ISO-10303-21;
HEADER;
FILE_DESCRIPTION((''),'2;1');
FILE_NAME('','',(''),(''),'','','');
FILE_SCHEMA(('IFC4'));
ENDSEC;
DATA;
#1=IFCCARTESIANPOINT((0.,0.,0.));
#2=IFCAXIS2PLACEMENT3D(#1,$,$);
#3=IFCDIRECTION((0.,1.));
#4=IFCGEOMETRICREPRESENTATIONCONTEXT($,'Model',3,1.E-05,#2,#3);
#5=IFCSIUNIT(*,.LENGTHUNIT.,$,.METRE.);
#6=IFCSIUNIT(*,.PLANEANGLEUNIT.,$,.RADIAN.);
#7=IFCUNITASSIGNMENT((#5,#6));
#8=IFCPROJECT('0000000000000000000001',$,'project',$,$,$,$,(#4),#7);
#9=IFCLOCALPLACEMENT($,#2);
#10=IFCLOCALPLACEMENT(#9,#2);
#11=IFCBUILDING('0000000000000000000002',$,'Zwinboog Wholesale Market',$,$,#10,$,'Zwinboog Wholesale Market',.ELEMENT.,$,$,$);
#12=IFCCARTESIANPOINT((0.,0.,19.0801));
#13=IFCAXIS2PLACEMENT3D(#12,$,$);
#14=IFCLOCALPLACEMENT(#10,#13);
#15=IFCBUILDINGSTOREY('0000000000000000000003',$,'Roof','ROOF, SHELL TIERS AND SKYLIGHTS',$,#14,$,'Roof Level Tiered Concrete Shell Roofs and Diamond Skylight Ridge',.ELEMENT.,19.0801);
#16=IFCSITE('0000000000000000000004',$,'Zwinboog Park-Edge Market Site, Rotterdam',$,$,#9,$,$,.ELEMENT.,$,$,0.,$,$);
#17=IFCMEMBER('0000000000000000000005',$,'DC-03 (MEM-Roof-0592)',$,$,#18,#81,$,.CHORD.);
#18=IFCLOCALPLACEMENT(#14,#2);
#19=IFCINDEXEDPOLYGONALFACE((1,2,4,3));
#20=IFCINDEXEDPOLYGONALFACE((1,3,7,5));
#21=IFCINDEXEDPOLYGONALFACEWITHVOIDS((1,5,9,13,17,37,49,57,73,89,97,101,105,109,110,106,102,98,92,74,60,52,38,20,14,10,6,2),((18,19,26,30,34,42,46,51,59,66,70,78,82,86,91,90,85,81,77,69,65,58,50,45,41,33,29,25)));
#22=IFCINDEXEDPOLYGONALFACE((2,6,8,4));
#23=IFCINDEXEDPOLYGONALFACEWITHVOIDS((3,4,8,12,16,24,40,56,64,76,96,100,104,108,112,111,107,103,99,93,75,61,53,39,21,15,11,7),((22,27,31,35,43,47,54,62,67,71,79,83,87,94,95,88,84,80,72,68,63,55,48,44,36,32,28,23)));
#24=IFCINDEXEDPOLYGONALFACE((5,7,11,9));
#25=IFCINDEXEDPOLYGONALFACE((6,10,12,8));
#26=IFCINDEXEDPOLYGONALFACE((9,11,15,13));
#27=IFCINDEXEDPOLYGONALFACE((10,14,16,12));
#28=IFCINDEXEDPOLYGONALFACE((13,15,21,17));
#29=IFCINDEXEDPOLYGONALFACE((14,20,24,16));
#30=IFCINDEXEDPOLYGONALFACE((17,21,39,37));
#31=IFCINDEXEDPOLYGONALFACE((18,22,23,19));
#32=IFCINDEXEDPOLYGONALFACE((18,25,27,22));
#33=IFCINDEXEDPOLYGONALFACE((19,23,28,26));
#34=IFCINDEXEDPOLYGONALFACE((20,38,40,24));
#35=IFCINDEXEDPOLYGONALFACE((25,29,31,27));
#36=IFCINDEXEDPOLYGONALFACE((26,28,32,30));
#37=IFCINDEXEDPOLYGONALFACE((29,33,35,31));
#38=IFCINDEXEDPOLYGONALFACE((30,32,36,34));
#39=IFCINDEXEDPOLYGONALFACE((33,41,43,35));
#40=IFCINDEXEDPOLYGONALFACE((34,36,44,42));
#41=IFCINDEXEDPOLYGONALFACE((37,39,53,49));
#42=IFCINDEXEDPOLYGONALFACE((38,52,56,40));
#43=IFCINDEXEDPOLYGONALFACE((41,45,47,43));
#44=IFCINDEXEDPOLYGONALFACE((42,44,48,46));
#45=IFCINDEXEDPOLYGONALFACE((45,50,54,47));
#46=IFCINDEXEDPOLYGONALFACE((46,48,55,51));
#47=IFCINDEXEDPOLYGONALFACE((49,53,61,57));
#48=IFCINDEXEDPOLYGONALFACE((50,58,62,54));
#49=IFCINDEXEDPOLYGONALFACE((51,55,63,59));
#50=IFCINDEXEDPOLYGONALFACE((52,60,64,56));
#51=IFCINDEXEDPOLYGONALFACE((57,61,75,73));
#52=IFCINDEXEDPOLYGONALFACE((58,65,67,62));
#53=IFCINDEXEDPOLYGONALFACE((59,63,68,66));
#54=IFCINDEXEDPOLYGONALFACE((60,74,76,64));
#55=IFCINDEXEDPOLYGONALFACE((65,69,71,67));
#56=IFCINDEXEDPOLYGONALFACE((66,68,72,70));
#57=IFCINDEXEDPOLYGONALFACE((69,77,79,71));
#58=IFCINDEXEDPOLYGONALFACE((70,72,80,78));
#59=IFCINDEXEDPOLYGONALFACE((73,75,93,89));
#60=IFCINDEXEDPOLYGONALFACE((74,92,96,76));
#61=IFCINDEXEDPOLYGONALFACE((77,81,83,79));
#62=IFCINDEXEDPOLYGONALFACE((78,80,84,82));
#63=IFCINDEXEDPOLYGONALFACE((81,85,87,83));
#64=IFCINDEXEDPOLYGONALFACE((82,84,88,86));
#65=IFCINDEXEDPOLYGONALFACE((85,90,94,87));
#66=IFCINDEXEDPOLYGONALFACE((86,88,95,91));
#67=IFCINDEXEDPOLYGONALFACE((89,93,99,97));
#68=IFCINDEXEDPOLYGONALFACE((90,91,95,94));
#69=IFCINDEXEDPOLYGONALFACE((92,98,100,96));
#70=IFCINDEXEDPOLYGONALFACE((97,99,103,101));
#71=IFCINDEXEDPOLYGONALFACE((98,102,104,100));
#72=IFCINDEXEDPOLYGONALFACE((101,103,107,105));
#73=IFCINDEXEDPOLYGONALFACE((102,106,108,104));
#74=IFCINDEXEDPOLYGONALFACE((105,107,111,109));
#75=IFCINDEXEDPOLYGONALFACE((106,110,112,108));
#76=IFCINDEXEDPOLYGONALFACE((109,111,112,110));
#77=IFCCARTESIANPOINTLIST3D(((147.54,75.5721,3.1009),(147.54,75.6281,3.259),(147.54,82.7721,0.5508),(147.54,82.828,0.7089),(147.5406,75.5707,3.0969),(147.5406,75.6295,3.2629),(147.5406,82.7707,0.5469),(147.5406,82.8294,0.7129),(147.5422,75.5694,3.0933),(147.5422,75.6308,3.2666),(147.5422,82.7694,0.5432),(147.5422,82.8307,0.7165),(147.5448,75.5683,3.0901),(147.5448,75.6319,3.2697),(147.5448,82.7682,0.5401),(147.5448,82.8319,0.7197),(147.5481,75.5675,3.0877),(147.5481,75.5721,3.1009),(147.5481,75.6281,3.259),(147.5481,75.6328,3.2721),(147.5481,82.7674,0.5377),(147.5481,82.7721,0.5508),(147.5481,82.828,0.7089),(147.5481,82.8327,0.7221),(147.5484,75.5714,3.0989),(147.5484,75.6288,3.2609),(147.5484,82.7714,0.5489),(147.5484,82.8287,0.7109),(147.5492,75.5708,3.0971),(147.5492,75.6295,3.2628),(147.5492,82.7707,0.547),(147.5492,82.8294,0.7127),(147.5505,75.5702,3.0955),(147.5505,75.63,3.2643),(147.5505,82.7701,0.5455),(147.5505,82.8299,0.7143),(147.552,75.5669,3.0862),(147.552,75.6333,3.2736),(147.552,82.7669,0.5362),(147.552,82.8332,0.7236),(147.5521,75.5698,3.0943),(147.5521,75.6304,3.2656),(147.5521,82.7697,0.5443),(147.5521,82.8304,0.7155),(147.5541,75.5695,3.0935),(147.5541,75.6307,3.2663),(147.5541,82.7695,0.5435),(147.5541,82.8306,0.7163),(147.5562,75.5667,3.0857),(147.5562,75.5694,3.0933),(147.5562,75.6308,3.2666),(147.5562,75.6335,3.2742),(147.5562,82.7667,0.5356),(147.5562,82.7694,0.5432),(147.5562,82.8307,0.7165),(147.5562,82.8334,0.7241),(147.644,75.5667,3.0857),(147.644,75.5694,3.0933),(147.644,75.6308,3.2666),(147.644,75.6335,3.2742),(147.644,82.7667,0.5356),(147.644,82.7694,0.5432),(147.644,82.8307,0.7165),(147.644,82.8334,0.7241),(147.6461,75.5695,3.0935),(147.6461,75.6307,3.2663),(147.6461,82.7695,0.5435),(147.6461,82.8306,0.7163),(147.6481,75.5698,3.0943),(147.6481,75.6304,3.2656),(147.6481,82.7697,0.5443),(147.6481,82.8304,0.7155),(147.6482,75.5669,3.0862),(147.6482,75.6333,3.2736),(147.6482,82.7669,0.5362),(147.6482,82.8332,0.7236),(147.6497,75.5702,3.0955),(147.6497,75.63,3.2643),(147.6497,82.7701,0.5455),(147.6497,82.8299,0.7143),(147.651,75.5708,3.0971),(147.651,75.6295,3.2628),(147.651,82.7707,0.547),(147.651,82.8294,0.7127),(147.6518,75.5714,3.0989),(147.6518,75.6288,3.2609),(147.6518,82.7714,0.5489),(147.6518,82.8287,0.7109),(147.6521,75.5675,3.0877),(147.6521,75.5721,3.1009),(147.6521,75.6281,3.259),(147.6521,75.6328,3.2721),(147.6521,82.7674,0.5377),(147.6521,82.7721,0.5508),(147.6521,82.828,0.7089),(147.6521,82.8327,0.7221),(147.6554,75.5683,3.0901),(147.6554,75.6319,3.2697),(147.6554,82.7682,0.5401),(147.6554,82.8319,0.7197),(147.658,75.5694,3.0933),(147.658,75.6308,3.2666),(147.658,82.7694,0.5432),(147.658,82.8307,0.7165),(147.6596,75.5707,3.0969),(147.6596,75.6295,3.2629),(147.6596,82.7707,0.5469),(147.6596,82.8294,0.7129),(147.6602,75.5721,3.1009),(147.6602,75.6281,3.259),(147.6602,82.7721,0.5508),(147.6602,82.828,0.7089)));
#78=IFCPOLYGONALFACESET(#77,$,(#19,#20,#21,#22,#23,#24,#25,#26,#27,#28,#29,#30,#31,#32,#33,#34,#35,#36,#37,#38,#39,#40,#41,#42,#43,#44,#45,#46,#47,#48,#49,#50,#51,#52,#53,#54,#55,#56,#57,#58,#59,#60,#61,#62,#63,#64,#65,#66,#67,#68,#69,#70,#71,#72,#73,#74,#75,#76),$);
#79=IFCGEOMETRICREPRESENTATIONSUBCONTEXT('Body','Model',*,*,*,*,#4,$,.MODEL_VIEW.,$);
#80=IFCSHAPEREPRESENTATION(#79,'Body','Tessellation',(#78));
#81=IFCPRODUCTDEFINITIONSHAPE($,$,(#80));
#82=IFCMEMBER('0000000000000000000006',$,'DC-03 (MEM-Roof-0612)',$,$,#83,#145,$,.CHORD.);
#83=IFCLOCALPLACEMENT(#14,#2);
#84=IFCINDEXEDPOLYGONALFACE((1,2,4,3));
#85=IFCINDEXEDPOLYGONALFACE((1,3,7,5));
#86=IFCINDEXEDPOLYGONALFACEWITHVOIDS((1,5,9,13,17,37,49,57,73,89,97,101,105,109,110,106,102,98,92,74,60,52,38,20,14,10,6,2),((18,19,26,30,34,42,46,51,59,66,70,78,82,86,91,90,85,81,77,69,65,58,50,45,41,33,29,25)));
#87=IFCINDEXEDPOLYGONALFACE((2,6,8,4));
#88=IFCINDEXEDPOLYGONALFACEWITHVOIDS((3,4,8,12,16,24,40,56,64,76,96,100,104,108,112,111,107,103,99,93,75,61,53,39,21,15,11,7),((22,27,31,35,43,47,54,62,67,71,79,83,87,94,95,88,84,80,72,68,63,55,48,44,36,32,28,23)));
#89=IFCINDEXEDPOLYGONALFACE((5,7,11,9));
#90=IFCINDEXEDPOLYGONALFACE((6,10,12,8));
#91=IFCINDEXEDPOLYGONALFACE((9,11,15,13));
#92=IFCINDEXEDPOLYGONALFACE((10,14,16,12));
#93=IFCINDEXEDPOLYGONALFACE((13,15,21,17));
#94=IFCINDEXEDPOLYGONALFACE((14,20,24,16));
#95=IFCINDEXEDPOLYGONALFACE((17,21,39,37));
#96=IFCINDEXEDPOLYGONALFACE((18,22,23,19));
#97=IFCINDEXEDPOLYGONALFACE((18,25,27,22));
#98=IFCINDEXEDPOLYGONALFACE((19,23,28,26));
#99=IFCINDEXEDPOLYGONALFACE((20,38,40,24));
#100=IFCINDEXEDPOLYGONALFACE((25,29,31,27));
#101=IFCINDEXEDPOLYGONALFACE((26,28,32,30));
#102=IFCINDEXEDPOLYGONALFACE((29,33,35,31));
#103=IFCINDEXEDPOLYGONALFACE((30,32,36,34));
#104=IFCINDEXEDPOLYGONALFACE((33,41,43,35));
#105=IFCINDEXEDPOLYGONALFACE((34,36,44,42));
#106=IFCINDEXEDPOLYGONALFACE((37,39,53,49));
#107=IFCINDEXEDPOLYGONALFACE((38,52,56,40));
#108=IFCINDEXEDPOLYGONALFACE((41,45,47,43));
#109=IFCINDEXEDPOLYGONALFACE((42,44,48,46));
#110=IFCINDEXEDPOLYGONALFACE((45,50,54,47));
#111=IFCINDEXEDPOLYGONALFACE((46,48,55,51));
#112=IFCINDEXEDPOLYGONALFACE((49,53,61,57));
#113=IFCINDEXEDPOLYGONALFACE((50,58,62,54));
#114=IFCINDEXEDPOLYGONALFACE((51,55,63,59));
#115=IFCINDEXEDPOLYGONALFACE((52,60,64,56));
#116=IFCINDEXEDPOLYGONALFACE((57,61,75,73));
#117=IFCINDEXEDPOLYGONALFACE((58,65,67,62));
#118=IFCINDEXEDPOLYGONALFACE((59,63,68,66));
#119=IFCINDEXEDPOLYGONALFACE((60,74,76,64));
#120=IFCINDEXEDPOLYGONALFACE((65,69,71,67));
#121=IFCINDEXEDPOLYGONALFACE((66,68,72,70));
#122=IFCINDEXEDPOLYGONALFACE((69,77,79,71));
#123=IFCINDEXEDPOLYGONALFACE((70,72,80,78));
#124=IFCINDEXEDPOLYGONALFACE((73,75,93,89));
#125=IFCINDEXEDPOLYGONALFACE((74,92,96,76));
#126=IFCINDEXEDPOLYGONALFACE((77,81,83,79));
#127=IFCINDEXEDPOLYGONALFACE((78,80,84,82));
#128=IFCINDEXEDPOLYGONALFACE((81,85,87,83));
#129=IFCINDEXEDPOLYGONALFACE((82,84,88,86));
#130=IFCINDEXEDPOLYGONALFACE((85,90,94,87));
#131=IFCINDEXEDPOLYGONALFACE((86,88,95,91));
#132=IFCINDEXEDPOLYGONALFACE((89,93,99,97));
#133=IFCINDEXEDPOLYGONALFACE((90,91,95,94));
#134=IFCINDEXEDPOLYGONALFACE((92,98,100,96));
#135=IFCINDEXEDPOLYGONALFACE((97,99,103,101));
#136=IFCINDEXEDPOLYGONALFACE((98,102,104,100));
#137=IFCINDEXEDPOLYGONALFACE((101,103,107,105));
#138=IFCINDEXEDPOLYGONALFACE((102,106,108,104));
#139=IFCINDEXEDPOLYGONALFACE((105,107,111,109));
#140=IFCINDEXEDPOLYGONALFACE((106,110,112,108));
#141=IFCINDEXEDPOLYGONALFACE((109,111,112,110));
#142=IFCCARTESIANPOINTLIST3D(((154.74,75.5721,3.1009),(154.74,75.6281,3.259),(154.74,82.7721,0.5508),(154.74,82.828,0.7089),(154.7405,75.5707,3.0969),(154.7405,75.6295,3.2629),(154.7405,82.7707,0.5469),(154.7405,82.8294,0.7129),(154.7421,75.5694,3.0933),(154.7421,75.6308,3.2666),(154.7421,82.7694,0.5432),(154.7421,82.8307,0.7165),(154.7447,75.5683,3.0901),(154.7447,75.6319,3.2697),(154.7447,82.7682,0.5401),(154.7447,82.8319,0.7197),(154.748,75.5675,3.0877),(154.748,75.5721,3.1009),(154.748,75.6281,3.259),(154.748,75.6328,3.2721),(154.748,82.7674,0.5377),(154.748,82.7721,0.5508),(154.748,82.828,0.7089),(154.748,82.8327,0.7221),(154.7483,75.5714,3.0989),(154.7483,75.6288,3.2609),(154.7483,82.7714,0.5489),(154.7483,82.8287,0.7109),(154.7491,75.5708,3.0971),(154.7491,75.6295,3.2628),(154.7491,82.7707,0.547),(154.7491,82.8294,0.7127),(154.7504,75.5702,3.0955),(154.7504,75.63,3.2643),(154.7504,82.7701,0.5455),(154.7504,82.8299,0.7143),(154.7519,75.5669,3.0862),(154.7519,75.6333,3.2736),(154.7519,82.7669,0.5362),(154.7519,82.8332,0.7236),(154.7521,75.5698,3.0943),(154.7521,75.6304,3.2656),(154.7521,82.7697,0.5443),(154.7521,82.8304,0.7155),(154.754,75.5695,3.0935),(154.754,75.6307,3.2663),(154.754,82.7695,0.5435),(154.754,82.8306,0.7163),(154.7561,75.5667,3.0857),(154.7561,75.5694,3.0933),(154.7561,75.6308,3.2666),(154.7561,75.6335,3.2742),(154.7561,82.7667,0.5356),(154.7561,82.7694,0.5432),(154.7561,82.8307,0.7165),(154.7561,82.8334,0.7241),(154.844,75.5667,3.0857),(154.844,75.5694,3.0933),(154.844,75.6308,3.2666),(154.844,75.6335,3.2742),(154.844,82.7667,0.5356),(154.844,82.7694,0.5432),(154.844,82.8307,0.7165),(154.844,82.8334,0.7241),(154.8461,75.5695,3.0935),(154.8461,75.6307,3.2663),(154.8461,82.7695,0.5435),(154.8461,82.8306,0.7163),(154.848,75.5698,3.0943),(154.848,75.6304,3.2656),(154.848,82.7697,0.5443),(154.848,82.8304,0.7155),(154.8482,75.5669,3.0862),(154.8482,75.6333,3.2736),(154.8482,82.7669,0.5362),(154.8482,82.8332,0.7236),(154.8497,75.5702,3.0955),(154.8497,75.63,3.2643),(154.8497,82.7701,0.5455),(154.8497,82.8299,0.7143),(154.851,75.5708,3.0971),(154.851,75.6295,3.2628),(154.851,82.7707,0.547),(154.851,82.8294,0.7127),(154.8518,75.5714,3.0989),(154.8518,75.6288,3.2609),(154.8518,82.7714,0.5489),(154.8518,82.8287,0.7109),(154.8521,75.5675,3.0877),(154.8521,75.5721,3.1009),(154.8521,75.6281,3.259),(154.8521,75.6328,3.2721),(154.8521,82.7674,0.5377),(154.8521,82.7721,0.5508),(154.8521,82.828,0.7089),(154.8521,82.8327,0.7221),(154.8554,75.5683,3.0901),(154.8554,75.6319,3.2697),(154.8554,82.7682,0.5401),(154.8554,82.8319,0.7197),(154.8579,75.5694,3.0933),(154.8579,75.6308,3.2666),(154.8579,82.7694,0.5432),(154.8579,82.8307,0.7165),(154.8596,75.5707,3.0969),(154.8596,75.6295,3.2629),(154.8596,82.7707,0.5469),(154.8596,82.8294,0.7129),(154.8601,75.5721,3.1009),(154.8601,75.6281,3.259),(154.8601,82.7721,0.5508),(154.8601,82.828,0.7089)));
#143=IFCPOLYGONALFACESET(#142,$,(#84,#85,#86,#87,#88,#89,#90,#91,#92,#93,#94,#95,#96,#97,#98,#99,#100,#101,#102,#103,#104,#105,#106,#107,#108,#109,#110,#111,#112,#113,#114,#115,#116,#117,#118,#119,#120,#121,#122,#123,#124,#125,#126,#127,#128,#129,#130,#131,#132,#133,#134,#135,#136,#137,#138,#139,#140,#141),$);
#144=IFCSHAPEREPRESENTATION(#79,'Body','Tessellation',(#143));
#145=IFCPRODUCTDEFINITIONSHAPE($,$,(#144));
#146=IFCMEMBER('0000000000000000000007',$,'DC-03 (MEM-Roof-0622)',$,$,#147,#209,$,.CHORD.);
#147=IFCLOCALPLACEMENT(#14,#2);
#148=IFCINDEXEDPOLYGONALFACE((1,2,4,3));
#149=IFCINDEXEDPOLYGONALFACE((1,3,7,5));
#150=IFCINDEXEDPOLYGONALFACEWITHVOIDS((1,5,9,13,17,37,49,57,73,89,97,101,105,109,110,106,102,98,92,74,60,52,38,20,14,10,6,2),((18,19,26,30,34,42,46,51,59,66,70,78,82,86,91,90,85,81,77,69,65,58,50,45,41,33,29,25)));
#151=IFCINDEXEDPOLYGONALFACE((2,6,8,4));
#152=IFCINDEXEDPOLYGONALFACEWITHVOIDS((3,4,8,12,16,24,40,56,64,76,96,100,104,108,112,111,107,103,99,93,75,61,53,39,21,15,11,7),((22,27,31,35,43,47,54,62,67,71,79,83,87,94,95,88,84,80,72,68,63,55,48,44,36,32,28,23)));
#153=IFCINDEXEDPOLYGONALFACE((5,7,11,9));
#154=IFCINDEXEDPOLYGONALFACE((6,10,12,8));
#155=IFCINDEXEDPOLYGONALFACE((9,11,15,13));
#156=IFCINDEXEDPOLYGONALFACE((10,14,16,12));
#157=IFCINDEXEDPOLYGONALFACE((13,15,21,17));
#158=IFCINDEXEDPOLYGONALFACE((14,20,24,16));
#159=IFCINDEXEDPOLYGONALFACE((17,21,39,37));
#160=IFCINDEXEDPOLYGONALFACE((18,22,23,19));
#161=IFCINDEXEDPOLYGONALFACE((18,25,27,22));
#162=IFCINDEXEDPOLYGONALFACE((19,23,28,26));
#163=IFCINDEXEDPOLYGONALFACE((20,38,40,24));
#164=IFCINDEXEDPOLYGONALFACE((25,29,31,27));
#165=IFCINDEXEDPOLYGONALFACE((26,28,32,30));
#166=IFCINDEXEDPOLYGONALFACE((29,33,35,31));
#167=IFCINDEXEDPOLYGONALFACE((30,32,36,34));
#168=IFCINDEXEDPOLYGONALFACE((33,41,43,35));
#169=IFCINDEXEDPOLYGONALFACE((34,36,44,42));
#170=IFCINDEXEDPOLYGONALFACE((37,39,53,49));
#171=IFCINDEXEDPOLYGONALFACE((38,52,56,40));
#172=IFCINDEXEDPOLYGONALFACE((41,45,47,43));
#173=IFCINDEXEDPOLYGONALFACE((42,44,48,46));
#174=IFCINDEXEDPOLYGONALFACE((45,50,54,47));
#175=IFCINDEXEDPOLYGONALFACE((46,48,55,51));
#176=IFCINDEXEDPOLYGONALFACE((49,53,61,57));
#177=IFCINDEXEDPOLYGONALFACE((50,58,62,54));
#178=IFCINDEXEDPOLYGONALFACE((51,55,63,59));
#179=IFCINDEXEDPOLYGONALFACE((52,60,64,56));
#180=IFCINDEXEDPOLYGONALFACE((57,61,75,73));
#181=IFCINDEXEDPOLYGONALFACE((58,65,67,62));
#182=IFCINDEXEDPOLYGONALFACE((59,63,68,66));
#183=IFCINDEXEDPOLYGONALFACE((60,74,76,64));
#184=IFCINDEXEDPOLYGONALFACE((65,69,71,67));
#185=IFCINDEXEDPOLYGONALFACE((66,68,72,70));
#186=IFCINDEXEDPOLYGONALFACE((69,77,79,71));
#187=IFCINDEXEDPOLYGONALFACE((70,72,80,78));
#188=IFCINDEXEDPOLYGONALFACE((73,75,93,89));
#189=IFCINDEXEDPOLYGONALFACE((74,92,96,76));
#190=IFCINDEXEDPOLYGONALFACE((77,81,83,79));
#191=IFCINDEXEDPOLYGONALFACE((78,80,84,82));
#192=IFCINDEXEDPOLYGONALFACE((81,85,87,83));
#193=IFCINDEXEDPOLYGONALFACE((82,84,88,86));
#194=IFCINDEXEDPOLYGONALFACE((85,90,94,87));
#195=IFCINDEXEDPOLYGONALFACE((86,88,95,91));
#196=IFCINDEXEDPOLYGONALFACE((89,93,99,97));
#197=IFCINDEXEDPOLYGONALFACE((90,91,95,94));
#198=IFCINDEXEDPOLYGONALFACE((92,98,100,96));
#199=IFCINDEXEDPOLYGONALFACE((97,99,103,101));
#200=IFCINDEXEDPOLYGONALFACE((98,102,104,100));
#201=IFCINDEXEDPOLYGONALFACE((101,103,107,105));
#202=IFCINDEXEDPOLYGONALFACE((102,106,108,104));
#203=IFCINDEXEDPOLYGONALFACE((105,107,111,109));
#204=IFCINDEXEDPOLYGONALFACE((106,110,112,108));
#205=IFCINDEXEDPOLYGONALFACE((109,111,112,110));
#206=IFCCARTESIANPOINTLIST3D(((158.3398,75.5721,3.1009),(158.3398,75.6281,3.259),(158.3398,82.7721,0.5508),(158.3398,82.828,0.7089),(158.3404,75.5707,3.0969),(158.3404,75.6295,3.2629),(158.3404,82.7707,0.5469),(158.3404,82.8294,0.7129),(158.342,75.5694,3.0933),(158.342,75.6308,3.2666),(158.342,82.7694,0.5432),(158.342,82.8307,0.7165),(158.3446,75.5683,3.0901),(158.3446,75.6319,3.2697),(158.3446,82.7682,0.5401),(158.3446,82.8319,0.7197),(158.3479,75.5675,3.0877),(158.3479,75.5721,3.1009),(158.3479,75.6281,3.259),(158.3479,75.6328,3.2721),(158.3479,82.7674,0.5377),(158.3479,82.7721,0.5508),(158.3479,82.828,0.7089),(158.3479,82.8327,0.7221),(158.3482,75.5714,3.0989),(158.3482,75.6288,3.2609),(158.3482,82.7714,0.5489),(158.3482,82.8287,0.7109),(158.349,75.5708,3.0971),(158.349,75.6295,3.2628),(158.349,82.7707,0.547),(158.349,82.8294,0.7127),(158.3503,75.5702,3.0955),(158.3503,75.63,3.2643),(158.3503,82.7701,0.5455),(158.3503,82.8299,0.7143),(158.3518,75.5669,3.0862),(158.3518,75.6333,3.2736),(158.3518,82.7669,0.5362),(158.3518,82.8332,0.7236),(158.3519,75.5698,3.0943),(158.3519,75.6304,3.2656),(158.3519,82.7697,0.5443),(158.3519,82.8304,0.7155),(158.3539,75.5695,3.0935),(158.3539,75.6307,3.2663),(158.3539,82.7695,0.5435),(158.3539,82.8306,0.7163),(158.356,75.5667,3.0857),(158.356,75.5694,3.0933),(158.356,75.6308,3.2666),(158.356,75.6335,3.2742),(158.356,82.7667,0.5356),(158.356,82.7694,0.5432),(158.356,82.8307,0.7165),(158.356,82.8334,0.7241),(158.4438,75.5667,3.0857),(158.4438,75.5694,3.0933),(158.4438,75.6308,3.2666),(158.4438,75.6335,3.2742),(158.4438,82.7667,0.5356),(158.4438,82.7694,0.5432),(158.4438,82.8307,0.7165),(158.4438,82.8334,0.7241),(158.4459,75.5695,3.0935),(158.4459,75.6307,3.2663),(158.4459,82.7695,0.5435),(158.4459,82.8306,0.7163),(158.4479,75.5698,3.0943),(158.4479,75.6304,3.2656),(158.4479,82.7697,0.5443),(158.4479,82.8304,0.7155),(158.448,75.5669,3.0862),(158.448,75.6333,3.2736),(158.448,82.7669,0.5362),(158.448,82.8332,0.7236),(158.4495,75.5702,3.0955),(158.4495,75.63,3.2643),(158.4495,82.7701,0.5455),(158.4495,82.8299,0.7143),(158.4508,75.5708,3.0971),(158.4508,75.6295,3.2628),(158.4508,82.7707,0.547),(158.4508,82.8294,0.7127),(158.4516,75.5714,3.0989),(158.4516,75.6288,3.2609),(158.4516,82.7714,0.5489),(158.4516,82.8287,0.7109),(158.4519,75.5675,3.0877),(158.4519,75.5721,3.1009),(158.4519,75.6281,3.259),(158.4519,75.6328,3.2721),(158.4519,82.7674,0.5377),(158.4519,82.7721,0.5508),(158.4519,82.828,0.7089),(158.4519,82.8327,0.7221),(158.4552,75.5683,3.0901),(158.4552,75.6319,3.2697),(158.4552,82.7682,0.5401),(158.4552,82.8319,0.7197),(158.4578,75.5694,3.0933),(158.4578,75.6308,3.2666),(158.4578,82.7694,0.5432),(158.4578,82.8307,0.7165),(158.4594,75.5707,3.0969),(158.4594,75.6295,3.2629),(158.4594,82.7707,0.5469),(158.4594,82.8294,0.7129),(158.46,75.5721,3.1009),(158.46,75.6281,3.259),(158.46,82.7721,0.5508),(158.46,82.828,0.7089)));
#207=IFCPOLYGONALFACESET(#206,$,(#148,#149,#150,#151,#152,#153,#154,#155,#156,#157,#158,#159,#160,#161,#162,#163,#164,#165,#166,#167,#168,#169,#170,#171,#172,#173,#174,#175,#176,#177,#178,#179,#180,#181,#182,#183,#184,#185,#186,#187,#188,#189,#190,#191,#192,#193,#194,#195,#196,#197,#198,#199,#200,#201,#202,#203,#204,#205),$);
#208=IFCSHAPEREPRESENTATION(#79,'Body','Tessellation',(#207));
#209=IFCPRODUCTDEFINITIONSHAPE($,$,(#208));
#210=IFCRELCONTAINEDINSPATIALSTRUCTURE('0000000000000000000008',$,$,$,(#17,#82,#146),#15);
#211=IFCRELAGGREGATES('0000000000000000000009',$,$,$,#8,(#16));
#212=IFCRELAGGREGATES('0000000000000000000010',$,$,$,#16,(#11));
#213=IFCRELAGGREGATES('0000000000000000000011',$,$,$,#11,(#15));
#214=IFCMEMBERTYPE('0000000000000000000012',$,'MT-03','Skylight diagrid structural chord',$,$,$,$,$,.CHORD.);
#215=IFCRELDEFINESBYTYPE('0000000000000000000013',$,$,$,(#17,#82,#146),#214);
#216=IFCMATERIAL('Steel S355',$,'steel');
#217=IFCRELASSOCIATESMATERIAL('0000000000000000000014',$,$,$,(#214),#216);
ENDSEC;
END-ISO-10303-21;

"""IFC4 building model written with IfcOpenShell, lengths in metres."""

from ifc_helpers import new_model, si_unit, direction, frame, origin, origin_2d, place, context, subcontext, project, spatial, hollow_rectangle, extrude, material, material_profile, profile_set, type_object, element, save


model = new_model("IFC4")

# Units and contexts
model_context = context("Model", 3, precision=1e-05, world=origin(), true_north=direction((0.0, 1.0)))
body_context = subcontext(model_context, "Body", "Model", "MODEL_VIEW")
ifc_project = project(units=[si_unit("LENGTHUNIT", "METRE"), si_unit("PLANEANGLEUNIT", "RADIAN")], contexts=[model_context])

# Site, building, storey
site_placement = place(None, origin())
site = spatial("IfcSite", under=ifc_project, at=site_placement, Name="Zwinboog Park-Edge Market Site, Rotterdam", CompositionType="ELEMENT", RefElevation=0.0)
building_placement = place(site_placement, origin())
building = spatial("IfcBuilding", under=site, at=building_placement, Name="Zwinboog Wholesale Market", LongName="Zwinboog Wholesale Market", CompositionType="ELEMENT")
storey_placement = place(building_placement, frame((0.0, 0.0, 19.0801)))
storey = spatial("IfcBuildingStorey", under=building, at=storey_placement, Name="Roof", Description="ROOF, SHELL TIERS AND SKYLIGHTS", LongName="Roof Level Tiered Concrete Shell Roofs and Diamond Skylight Ridge", CompositionType="ELEMENT", Elevation=19.0801)

# Members
ifc_material_1 = material(Name="Steel S355", Category="steel")
ifc_material_profile_1 = material_profile(ifc_material_1, hollow_rectangle(XDim=0.1201, YDim=0.2, WallThickness=0.0081, InnerFilletRadius=0.0081, OuterFilletRadius=0.0161, at=origin_2d()), Name="RHS 200x120x8")
ifc_profile_set_1 = profile_set([ifc_material_profile_1], Name="Steel S355")
member_type_1 = type_object("IfcMemberType", Name="MT-03", Description="Skylight diagrid structural chord", PredefinedType="CHORD", material=ifc_profile_set_1)
for number, where, z_axis, x_axis, name in (
    (1, (147.6001, 82.8, 0.6299), (0.0, -0.942625, 0.333855), (1.0, 0.0, 0.0), "DC-03 (MEM-Roof-0592)"),
    (2, (154.8, 82.8, 0.6299), (0.0, -0.942625, 0.333855), (1.0, 0.0, 0.0), "DC-03 (MEM-Roof-0612)"),
    (3, (158.3999, 82.8, 0.6299), (0.0, -0.942625, 0.333855), (1.0, 0.0, 0.0), "DC-03 (MEM-Roof-0622)"),
):
    element("IfcMember", number, at=place(storey_placement, frame(where, z_axis=z_axis, x_axis=x_axis)), inside=storey, type_object=member_type_1, Name=name, PredefinedType="CHORD", context=body_context, shape_type="SweptSolid", body=[
        extrude(hollow_rectangle(XDim=0.1201, YDim=0.2, WallThickness=0.0081, InnerFilletRadius=0.0081, OuterFilletRadius=0.0161, at=origin_2d()), origin(), (0.0, 0.0, 1.0), 7.6382),
    ])

save(model, "model.ifc")
